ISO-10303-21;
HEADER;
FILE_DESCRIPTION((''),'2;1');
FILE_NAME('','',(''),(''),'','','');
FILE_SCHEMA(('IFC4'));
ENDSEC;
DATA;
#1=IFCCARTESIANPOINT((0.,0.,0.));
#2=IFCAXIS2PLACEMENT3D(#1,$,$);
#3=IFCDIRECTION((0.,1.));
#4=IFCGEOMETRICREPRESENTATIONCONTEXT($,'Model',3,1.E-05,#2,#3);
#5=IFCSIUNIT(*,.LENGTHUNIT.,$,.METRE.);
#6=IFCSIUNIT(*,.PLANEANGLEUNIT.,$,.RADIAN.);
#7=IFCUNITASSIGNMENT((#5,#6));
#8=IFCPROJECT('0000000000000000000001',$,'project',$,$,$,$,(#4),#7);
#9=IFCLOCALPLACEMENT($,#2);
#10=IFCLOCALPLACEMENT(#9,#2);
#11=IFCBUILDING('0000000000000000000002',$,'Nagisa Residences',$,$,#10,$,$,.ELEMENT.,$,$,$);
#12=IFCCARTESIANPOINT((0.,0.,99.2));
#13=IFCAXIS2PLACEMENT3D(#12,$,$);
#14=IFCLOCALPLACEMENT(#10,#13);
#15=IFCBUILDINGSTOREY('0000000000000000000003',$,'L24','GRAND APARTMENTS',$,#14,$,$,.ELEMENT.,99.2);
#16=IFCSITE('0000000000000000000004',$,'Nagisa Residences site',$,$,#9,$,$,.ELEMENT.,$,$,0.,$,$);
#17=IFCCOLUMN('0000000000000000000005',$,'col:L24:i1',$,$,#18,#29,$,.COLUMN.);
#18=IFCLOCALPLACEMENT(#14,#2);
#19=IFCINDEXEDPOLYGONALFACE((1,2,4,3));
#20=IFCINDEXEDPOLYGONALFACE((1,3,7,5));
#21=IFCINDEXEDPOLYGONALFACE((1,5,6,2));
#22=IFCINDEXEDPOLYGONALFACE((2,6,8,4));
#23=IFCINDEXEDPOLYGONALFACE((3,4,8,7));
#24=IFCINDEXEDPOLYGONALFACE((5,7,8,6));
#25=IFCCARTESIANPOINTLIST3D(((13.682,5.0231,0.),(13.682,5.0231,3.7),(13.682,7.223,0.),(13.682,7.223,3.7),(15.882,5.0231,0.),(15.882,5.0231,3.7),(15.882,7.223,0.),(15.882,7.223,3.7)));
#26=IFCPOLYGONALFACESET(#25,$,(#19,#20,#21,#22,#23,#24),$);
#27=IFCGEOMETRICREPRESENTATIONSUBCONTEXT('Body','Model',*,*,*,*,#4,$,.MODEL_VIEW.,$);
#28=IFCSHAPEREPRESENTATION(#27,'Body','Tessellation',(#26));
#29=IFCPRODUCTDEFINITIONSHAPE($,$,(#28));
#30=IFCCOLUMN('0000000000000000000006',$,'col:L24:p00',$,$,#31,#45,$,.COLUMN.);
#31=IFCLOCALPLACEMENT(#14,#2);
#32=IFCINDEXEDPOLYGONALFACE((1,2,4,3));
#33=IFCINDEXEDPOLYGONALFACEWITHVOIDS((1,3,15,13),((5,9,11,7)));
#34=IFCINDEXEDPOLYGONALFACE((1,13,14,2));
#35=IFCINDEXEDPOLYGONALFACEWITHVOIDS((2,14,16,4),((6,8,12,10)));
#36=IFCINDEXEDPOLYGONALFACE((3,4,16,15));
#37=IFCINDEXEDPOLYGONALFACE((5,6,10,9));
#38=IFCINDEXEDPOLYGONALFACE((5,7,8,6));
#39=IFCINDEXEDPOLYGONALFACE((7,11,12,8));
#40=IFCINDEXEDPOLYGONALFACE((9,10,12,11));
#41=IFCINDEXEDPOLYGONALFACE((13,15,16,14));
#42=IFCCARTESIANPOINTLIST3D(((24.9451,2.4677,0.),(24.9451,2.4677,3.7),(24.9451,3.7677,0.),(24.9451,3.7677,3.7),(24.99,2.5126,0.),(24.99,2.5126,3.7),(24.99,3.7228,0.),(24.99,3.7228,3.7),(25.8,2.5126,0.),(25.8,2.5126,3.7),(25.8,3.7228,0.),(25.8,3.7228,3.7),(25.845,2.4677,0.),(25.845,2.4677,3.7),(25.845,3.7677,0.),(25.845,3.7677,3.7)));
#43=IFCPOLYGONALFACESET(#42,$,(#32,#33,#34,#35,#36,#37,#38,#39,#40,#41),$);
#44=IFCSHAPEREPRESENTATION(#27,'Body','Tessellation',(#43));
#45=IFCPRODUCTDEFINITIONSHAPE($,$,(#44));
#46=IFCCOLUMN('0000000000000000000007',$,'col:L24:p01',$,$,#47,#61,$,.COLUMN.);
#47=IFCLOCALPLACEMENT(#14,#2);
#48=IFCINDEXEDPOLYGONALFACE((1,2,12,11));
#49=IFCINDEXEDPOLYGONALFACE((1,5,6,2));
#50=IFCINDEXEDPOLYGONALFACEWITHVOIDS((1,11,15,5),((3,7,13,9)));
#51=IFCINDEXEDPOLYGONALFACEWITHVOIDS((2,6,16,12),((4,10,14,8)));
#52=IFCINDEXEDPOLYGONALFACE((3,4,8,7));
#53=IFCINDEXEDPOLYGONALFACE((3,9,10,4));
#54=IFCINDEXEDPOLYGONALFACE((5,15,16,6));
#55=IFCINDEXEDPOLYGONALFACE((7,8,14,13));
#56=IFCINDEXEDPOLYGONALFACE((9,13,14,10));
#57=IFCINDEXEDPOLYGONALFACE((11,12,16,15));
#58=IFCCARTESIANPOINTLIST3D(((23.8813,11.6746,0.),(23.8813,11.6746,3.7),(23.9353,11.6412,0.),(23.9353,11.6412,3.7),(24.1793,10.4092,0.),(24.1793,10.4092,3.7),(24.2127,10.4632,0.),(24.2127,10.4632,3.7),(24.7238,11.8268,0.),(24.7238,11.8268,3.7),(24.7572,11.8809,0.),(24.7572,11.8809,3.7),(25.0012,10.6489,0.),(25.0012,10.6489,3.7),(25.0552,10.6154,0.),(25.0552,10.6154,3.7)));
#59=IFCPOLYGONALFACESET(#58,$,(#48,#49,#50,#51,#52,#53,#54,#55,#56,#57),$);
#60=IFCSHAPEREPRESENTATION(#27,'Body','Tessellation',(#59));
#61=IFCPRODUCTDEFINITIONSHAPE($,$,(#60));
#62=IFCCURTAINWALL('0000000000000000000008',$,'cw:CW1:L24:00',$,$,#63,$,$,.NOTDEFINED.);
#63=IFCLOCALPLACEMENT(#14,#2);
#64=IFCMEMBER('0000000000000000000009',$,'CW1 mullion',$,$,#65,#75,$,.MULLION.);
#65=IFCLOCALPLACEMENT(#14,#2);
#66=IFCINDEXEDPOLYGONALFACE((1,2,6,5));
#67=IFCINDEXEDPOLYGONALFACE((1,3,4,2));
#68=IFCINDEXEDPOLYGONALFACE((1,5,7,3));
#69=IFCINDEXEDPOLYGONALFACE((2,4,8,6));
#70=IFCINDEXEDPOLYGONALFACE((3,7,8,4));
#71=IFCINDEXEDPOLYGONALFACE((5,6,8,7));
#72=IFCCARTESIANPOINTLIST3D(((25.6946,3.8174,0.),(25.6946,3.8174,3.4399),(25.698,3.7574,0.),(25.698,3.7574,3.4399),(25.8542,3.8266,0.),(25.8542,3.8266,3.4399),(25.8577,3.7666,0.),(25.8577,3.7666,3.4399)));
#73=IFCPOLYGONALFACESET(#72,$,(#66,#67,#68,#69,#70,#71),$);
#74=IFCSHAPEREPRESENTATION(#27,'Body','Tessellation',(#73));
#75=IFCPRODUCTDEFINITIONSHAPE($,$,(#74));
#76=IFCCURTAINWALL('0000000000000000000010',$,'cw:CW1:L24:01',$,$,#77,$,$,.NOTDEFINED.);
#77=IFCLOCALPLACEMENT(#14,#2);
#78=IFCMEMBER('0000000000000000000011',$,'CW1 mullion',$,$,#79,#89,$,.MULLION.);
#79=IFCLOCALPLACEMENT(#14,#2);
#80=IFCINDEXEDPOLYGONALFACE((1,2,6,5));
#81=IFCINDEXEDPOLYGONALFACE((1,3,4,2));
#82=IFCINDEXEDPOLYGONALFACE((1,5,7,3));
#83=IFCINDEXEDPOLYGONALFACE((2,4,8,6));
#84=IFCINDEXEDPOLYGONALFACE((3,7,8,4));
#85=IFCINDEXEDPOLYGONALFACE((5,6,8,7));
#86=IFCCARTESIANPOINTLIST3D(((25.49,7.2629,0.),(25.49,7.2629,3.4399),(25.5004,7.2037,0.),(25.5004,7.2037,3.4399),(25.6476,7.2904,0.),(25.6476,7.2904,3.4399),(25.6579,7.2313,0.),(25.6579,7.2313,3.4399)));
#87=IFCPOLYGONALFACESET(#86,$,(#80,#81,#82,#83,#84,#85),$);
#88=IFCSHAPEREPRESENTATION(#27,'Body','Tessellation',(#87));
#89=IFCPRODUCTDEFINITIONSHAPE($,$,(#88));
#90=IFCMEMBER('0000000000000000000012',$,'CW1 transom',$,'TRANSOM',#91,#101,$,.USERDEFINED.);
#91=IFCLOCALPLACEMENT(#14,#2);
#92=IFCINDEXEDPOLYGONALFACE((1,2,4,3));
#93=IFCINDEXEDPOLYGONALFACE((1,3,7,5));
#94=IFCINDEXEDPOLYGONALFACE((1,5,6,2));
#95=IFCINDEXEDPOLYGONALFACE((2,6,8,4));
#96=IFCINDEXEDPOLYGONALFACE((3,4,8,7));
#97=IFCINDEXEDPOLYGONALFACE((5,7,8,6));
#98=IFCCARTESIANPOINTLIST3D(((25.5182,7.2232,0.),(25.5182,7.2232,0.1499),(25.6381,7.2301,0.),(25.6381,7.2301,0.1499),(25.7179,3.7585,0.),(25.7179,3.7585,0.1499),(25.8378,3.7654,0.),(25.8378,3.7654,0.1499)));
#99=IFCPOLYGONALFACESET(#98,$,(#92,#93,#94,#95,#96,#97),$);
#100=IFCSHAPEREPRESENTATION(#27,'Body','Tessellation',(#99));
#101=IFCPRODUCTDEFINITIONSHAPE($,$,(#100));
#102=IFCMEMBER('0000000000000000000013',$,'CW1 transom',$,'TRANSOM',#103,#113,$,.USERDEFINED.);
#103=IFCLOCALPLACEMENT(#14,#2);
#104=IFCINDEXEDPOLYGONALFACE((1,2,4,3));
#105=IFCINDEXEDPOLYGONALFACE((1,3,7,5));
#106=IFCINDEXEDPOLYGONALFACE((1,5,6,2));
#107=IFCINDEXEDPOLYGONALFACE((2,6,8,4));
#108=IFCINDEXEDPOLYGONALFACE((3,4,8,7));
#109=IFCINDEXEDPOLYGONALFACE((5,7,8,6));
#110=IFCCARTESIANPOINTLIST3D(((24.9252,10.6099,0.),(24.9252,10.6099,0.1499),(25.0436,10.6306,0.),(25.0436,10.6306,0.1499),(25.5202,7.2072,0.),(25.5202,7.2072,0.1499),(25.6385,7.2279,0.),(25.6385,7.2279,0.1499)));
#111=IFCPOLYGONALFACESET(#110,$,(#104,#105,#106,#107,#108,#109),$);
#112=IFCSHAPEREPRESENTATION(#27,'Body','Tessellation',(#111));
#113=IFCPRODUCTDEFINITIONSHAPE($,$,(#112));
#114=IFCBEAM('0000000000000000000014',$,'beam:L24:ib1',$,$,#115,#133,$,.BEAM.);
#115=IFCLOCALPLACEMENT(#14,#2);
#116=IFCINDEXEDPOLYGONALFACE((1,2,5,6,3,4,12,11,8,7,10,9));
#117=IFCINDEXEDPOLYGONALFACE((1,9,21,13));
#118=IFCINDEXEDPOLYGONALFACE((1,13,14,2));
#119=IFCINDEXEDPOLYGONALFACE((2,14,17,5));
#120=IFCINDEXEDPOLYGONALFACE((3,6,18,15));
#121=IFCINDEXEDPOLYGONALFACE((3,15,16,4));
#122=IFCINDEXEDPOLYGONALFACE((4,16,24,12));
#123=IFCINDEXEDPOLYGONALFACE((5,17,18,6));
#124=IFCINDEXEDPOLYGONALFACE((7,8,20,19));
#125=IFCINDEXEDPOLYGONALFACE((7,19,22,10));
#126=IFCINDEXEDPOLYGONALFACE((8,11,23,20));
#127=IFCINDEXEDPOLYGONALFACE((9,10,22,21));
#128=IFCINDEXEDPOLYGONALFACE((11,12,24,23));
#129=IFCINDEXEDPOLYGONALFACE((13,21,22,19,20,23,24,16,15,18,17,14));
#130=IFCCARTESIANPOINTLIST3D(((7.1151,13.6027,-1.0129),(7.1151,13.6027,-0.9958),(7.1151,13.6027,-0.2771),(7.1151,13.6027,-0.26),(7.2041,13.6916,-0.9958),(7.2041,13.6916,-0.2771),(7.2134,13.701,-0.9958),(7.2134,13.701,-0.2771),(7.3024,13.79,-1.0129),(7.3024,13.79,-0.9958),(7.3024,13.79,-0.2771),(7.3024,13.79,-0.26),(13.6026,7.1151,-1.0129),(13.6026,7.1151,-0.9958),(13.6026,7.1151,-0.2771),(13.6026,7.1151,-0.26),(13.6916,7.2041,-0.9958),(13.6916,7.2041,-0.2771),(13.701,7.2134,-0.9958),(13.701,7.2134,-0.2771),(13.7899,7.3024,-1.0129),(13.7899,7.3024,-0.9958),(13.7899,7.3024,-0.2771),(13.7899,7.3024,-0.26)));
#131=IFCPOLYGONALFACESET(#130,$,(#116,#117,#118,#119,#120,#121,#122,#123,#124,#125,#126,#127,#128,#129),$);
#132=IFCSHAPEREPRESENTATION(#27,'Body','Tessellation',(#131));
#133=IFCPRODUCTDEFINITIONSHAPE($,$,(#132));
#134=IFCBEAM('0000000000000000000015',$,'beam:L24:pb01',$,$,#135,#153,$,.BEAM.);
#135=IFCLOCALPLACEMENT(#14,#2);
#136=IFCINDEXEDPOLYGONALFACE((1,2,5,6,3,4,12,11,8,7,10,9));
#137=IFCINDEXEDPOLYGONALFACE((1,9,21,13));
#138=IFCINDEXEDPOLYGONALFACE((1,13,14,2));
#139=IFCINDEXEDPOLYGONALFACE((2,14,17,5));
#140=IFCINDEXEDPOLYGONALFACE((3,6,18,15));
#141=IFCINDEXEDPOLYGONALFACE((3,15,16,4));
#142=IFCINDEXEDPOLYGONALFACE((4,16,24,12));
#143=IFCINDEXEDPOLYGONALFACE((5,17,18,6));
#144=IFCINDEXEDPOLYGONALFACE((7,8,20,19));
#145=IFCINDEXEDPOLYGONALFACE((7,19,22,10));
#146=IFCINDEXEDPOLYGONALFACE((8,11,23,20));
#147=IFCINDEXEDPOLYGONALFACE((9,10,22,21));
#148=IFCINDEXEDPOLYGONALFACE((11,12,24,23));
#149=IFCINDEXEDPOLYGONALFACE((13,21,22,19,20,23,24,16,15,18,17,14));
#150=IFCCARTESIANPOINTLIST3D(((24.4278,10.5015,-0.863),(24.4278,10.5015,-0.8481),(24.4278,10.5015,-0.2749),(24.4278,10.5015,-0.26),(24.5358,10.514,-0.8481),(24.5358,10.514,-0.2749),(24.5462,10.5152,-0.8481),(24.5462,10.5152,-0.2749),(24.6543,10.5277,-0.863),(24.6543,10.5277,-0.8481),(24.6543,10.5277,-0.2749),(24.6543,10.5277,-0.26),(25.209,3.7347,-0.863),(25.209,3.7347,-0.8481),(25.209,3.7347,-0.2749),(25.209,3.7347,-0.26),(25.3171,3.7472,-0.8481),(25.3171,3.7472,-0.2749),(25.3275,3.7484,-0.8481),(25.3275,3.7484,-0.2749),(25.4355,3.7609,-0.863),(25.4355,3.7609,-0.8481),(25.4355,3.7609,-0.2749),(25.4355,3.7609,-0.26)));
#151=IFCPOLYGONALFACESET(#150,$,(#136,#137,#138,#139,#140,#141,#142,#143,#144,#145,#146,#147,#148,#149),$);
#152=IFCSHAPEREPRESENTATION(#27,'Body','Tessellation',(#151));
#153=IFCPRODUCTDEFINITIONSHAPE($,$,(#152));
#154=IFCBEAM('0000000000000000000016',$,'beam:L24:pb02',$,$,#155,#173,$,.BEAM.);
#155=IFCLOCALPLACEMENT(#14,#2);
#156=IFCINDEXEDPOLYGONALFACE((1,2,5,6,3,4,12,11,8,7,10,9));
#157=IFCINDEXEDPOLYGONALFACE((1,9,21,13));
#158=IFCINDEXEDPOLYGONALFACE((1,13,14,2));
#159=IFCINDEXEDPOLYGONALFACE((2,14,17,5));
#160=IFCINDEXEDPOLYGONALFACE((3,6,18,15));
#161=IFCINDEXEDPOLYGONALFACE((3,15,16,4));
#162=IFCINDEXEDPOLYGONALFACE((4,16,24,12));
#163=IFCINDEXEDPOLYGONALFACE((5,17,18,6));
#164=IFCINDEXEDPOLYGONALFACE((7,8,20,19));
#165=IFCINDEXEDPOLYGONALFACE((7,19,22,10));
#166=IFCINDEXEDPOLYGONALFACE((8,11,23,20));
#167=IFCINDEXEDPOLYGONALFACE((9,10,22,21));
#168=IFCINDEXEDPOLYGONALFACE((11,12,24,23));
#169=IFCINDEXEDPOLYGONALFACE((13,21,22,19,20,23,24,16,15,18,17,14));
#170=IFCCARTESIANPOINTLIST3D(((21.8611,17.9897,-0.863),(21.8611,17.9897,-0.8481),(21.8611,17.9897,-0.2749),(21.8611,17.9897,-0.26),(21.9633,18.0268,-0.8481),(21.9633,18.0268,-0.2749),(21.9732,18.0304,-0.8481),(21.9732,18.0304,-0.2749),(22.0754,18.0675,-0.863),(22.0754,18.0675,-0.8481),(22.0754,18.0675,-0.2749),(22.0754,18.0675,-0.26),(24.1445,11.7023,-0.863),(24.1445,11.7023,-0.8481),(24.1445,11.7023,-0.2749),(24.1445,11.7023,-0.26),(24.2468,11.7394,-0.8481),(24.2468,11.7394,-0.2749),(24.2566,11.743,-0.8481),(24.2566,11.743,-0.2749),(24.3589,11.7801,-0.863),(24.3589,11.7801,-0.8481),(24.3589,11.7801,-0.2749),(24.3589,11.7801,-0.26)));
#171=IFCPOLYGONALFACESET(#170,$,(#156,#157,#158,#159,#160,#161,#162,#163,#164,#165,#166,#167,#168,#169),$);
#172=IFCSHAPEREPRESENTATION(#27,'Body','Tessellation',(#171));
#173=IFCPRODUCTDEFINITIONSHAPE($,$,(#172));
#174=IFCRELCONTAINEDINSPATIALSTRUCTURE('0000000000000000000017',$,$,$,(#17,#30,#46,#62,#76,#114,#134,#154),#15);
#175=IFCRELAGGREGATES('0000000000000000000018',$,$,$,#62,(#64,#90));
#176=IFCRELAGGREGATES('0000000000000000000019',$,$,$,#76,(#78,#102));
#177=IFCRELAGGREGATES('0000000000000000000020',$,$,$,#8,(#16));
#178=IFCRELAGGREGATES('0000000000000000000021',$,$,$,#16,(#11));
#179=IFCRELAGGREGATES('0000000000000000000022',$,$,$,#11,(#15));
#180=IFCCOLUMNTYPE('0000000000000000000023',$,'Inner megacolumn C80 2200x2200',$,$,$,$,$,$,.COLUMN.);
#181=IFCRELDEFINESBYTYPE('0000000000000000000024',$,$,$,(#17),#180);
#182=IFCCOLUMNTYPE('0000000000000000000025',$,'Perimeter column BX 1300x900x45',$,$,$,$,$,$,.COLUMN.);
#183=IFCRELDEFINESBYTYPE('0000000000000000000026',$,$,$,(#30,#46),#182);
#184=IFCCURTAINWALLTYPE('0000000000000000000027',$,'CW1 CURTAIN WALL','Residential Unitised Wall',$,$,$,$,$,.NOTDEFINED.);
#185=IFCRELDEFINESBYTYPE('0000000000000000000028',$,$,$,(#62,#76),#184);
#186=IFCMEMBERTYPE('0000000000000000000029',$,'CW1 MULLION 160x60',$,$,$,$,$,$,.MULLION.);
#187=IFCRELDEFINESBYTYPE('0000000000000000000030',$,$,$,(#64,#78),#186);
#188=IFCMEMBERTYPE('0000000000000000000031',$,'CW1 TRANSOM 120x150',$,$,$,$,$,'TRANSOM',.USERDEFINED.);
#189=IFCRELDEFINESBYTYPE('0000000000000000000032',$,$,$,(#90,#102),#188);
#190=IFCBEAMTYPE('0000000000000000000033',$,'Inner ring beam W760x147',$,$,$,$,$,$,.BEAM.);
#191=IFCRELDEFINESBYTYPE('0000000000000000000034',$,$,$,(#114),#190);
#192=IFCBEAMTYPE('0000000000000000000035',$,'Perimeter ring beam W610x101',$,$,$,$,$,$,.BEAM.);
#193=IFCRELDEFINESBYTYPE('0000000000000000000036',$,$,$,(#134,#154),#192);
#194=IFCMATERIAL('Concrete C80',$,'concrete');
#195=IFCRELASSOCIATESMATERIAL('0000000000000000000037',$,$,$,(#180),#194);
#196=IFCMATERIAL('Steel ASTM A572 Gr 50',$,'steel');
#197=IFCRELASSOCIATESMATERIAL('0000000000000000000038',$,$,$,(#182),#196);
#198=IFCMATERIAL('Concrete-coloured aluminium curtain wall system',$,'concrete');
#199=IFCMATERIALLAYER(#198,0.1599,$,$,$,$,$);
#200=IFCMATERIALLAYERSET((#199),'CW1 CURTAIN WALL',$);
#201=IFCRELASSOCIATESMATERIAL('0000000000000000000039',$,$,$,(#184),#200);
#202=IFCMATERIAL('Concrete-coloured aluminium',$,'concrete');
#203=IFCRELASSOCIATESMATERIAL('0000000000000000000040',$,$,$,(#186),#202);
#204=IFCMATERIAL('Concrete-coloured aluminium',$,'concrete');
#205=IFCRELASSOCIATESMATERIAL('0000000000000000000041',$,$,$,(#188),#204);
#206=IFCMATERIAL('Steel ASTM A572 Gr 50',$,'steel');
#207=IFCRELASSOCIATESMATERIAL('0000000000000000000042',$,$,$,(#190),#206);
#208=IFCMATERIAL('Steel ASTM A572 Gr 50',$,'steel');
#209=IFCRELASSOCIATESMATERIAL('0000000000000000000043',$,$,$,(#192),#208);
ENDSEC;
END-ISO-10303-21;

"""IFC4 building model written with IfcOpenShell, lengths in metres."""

from ifc_helpers import new_model, si_unit, direction, frame, origin, origin_2d, place, context, subcontext, project, spatial, rectangle, hollow_rectangle, i_section, extrude, material, layer, layer_set, material_profile, profile_set, type_object, element, aggregate, save


model = new_model("IFC4")

# Units and contexts
model_context = context("Model", 3, precision=1e-05, world=origin(), true_north=direction((0.0, 1.0)))
body_context = subcontext(model_context, "Body", "Model", "MODEL_VIEW")
ifc_project = project(units=[si_unit("LENGTHUNIT", "METRE"), si_unit("PLANEANGLEUNIT", "RADIAN")], contexts=[model_context])

# Site, building, storey
site_placement = place(None, origin())
site = spatial("IfcSite", under=ifc_project, at=site_placement, Name="Nagisa Residences site", CompositionType="ELEMENT", RefElevation=0.0)
building_placement = place(site_placement, origin())
building = spatial("IfcBuilding", under=site, at=building_placement, Name="Nagisa Residences", CompositionType="ELEMENT")
storey_placement = place(building_placement, frame((0.0, 0.0, 99.2)))
storey = spatial("IfcBuildingStorey", under=building, at=storey_placement, Name="L24", Description="GRAND APARTMENTS", CompositionType="ELEMENT", Elevation=99.2)

# Columns
ifc_material_1 = material(Name="Concrete C80", Category="concrete")
ifc_material_profile_1 = material_profile(ifc_material_1, rectangle(XDim=2.2, YDim=2.2, at=origin_2d()), Name="C80 2200x2200")
ifc_profile_set_1 = profile_set([ifc_material_profile_1], Name="Concrete C80")
column_type_1 = type_object("IfcColumnType", Name="Inner megacolumn C80 2200x2200", PredefinedType="COLUMN", material=ifc_profile_set_1)
column_placement = place(storey_placement, frame((14.782, 6.123, 0.0), z_axis=(0.0, 0.0, 1.0), x_axis=(1.0, 0.0, 0.0)))
element("IfcColumn", 1, at=column_placement, inside=storey, type_object=column_type_1, Name="col:L24:i1", PredefinedType="COLUMN", context=body_context, shape_type="SweptSolid", body=[
    extrude(rectangle(XDim=2.2, YDim=2.2, at=origin_2d()), origin(), (0.0, 0.0, 1.0), 3.7),
])
ifc_material_2 = material(Name="Steel ASTM A572 Gr 50", Category="steel")
ifc_material_profile_2 = material_profile(ifc_material_2, hollow_rectangle(XDim=1.3, YDim=0.8999, WallThickness=0.0449, at=origin_2d()), Name="BX 1300x900x45")
ifc_profile_set_2 = profile_set([ifc_material_profile_2], Name="Steel ASTM A572 Gr 50")
column_type_2 = type_object("IfcColumnType", Name="Perimeter column BX 1300x900x45", PredefinedType="COLUMN", material=ifc_profile_set_2)
for number, where, z_axis, x_axis, name in (
    (2, (25.395, 3.1177, 0.0), (0.0, 0.0, 1.0), (0.0, 1.0, 0.0), "col:L24:p00"),
    (3, (24.4683, 11.145, 0.0), (0.0, 0.0, 1.0), (-0.229202, 0.973379, 0.0), "col:L24:p01"),
):
    element("IfcColumn", number, at=place(storey_placement, frame(where, z_axis=z_axis, x_axis=x_axis)), inside=storey, type_object=column_type_2, Name=name, PredefinedType="COLUMN", context=body_context, shape_type="SweptSolid", body=[
        extrude(hollow_rectangle(XDim=1.3, YDim=0.8999, WallThickness=0.0449, at=origin_2d()), origin(), (0.0, 0.0, 1.0), 3.7),
    ])

# Curtain walls, members
ifc_material_3 = material(Name="Concrete-coloured aluminium curtain wall system", Category="concrete")
ifc_layer_1 = layer(ifc_material_3, 0.1599)
ifc_layer_set_1 = layer_set([ifc_layer_1], Name="CW1 CURTAIN WALL")
curtain_wall_type = type_object("IfcCurtainWallType", Name="CW1 CURTAIN WALL", Description="Residential Unitised Wall", PredefinedType="NOTDEFINED", material=ifc_layer_set_1)
curtain_wall_1_placement = place(storey_placement, origin())
curtain_wall_1 = element("IfcCurtainWall", 4, at=curtain_wall_1_placement, inside=storey, type_object=curtain_wall_type, Name="cw:CW1:L24:00", PredefinedType="NOTDEFINED")
ifc_material_4 = material(Name="Concrete-coloured aluminium", Category="concrete")
ifc_material_profile_3 = material_profile(ifc_material_4, rectangle(XDim=0.1599, YDim=0.0601, at=origin_2d()), Name="CW1 MULLION 160x60")
ifc_profile_set_3 = profile_set([ifc_material_profile_3], Name="Concrete-coloured aluminium")
member_type_1 = type_object("IfcMemberType", Name="CW1 MULLION 160x60", PredefinedType="MULLION", material=ifc_profile_set_3)
member_1_placement = place(storey_placement, frame((25.7761, 3.792, 0.0), z_axis=(0.0, 0.0, 1.0), x_axis=(-0.998345, -0.057503, 0.0)))
member_1 = element("IfcMember", 5, at=member_1_placement, type_object=member_type_1, Name="CW1 mullion", PredefinedType="MULLION", context=body_context, shape_type="SweptSolid", body=[
    extrude(rectangle(XDim=0.1599, YDim=0.0601, at=origin_2d()), origin(), (0.0, 0.0, 1.0), 3.4399),
])
curtain_wall_2_placement = place(storey_placement, origin())
curtain_wall_2 = element("IfcCurtainWall", 6, at=curtain_wall_2_placement, inside=storey, type_object=curtain_wall_type, Name="cw:CW1:L24:01", PredefinedType="NOTDEFINED")
member_2_placement = place(storey_placement, frame((25.574, 7.2471, 0.0), z_axis=(0.0, 0.0, 1.0), x_axis=(-0.985064, -0.172191, 0.0)))
member_2 = element("IfcMember", 7, at=member_2_placement, type_object=member_type_1, Name="CW1 mullion", PredefinedType="MULLION", context=body_context, shape_type="SweptSolid", body=[
    extrude(rectangle(XDim=0.1599, YDim=0.0601, at=origin_2d()), origin(), (0.0, 0.0, 1.0), 3.4399),
])

# Members
ifc_material_5 = material(Name="Concrete-coloured aluminium", Category="concrete")
ifc_material_profile_4 = material_profile(ifc_material_5, rectangle(XDim=0.1201, YDim=0.1499, at=origin_2d()), Name="CW1 TRANSOM 120x150")
ifc_profile_set_4 = profile_set([ifc_material_profile_4], Name="Concrete-coloured aluminium")
member_type_2 = type_object("IfcMemberType", Name="CW1 TRANSOM 120x150", ElementType="TRANSOM", PredefinedType="USERDEFINED", material=ifc_profile_set_4)
member_3_placement = place(storey_placement, frame((25.7778, 3.762, 0.075), z_axis=(-0.057547, 0.998343, 0.0), x_axis=(-0.998343, -0.057547, 0.0)))
member_3 = element("IfcMember", 8, at=member_3_placement, type_object=member_type_2, Name="CW1 transom", ObjectType="TRANSOM", PredefinedType="USERDEFINED", context=body_context, shape_type="SweptSolid", body=[
    extrude(rectangle(XDim=0.1201, YDim=0.1499, at=origin_2d()), origin(), (0.0, 0.0, 1.0), 3.4705),
])
member_4_placement = place(storey_placement, frame((25.5793, 7.2175, 0.075), z_axis=(-0.172233, 0.985056, 0.0), x_axis=(-0.985056, -0.172233, 0.0)))
member_4 = element("IfcMember", 9, at=member_4_placement, type_object=member_type_2, Name="CW1 transom", ObjectType="TRANSOM", PredefinedType="USERDEFINED", context=body_context, shape_type="SweptSolid", body=[
    extrude(rectangle(XDim=0.1201, YDim=0.1499, at=origin_2d()), origin(), (0.0, 0.0, 1.0), 3.4543),
])

# Beams
ifc_material_6 = material(Name="Steel ASTM A572 Gr 50", Category="steel")
ifc_material_profile_5 = material_profile(ifc_material_6, i_section(OverallWidth=0.2649, OverallDepth=0.7529, WebThickness=0.0132, FlangeThickness=0.0171, at=origin_2d()), Name="W760x147")
ifc_profile_set_5 = profile_set([ifc_material_profile_5], Name="Steel ASTM A572 Gr 50")
beam_type_1 = type_object("IfcBeamType", Name="Inner ring beam W760x147", PredefinedType="BEAM", material=ifc_profile_set_5)
beam_1_placement = place(storey_placement, frame((13.6963, 7.2087, -0.6365), z_axis=(-0.707107, 0.707107, 0.0), x_axis=(-0.707107, -0.707107, 0.0)))
element("IfcBeam", 10, at=beam_1_placement, inside=storey, type_object=beam_type_1, Name="beam:L24:ib1", PredefinedType="BEAM", context=body_context, shape_type="SweptSolid", body=[
    extrude(i_section(OverallWidth=0.2649, OverallDepth=0.7529, WebThickness=0.0132, FlangeThickness=0.0171, at=origin_2d()), origin(), (0.0, 0.0, 1.0), 9.1748),
])
ifc_material_7 = material(Name="Steel ASTM A572 Gr 50", Category="steel")
ifc_material_profile_6 = material_profile(ifc_material_7, i_section(OverallWidth=0.228, OverallDepth=0.603, WebThickness=0.0105, FlangeThickness=0.0149, at=origin_2d()), Name="W610x101")
ifc_profile_set_6 = profile_set([ifc_material_profile_6], Name="Steel ASTM A572 Gr 50")
beam_type_2 = type_object("IfcBeamType", Name="Perimeter ring beam W610x101", PredefinedType="BEAM", material=ifc_profile_set_6)
beam_2_placement = place(storey_placement, frame((25.3223, 3.7478, -0.5615), z_axis=(-0.114691, 0.993401, 0.0), x_axis=(-0.993401, -0.114691, 0.0)))
element("IfcBeam", 11, at=beam_2_placement, inside=storey, type_object=beam_type_2, Name="beam:L24:pb01", PredefinedType="BEAM", context=body_context, shape_type="SweptSolid", body=[
    extrude(i_section(OverallWidth=0.228, OverallDepth=0.603, WebThickness=0.0105, FlangeThickness=0.0149, at=origin_2d()), origin(), (0.0, 0.0, 1.0), 6.8118),
])
beam_3_placement = place(storey_placement, frame((24.2517, 11.7412, -0.5615), z_axis=(-0.341365, 0.939931, 0.0), x_axis=(-0.939931, -0.341365, 0.0)))
element("IfcBeam", 12, at=beam_3_placement, inside=storey, type_object=beam_type_2, Name="beam:L24:pb02", PredefinedType="BEAM", context=body_context, shape_type="SweptSolid", body=[
    extrude(i_section(OverallWidth=0.228, OverallDepth=0.603, WebThickness=0.0105, FlangeThickness=0.0149, at=origin_2d()), origin(), (0.0, 0.0, 1.0), 6.6892),
])

aggregate(curtain_wall_1, [member_1, member_3])
aggregate(curtain_wall_2, [member_2, member_4])

save(model, "model.ifc")
